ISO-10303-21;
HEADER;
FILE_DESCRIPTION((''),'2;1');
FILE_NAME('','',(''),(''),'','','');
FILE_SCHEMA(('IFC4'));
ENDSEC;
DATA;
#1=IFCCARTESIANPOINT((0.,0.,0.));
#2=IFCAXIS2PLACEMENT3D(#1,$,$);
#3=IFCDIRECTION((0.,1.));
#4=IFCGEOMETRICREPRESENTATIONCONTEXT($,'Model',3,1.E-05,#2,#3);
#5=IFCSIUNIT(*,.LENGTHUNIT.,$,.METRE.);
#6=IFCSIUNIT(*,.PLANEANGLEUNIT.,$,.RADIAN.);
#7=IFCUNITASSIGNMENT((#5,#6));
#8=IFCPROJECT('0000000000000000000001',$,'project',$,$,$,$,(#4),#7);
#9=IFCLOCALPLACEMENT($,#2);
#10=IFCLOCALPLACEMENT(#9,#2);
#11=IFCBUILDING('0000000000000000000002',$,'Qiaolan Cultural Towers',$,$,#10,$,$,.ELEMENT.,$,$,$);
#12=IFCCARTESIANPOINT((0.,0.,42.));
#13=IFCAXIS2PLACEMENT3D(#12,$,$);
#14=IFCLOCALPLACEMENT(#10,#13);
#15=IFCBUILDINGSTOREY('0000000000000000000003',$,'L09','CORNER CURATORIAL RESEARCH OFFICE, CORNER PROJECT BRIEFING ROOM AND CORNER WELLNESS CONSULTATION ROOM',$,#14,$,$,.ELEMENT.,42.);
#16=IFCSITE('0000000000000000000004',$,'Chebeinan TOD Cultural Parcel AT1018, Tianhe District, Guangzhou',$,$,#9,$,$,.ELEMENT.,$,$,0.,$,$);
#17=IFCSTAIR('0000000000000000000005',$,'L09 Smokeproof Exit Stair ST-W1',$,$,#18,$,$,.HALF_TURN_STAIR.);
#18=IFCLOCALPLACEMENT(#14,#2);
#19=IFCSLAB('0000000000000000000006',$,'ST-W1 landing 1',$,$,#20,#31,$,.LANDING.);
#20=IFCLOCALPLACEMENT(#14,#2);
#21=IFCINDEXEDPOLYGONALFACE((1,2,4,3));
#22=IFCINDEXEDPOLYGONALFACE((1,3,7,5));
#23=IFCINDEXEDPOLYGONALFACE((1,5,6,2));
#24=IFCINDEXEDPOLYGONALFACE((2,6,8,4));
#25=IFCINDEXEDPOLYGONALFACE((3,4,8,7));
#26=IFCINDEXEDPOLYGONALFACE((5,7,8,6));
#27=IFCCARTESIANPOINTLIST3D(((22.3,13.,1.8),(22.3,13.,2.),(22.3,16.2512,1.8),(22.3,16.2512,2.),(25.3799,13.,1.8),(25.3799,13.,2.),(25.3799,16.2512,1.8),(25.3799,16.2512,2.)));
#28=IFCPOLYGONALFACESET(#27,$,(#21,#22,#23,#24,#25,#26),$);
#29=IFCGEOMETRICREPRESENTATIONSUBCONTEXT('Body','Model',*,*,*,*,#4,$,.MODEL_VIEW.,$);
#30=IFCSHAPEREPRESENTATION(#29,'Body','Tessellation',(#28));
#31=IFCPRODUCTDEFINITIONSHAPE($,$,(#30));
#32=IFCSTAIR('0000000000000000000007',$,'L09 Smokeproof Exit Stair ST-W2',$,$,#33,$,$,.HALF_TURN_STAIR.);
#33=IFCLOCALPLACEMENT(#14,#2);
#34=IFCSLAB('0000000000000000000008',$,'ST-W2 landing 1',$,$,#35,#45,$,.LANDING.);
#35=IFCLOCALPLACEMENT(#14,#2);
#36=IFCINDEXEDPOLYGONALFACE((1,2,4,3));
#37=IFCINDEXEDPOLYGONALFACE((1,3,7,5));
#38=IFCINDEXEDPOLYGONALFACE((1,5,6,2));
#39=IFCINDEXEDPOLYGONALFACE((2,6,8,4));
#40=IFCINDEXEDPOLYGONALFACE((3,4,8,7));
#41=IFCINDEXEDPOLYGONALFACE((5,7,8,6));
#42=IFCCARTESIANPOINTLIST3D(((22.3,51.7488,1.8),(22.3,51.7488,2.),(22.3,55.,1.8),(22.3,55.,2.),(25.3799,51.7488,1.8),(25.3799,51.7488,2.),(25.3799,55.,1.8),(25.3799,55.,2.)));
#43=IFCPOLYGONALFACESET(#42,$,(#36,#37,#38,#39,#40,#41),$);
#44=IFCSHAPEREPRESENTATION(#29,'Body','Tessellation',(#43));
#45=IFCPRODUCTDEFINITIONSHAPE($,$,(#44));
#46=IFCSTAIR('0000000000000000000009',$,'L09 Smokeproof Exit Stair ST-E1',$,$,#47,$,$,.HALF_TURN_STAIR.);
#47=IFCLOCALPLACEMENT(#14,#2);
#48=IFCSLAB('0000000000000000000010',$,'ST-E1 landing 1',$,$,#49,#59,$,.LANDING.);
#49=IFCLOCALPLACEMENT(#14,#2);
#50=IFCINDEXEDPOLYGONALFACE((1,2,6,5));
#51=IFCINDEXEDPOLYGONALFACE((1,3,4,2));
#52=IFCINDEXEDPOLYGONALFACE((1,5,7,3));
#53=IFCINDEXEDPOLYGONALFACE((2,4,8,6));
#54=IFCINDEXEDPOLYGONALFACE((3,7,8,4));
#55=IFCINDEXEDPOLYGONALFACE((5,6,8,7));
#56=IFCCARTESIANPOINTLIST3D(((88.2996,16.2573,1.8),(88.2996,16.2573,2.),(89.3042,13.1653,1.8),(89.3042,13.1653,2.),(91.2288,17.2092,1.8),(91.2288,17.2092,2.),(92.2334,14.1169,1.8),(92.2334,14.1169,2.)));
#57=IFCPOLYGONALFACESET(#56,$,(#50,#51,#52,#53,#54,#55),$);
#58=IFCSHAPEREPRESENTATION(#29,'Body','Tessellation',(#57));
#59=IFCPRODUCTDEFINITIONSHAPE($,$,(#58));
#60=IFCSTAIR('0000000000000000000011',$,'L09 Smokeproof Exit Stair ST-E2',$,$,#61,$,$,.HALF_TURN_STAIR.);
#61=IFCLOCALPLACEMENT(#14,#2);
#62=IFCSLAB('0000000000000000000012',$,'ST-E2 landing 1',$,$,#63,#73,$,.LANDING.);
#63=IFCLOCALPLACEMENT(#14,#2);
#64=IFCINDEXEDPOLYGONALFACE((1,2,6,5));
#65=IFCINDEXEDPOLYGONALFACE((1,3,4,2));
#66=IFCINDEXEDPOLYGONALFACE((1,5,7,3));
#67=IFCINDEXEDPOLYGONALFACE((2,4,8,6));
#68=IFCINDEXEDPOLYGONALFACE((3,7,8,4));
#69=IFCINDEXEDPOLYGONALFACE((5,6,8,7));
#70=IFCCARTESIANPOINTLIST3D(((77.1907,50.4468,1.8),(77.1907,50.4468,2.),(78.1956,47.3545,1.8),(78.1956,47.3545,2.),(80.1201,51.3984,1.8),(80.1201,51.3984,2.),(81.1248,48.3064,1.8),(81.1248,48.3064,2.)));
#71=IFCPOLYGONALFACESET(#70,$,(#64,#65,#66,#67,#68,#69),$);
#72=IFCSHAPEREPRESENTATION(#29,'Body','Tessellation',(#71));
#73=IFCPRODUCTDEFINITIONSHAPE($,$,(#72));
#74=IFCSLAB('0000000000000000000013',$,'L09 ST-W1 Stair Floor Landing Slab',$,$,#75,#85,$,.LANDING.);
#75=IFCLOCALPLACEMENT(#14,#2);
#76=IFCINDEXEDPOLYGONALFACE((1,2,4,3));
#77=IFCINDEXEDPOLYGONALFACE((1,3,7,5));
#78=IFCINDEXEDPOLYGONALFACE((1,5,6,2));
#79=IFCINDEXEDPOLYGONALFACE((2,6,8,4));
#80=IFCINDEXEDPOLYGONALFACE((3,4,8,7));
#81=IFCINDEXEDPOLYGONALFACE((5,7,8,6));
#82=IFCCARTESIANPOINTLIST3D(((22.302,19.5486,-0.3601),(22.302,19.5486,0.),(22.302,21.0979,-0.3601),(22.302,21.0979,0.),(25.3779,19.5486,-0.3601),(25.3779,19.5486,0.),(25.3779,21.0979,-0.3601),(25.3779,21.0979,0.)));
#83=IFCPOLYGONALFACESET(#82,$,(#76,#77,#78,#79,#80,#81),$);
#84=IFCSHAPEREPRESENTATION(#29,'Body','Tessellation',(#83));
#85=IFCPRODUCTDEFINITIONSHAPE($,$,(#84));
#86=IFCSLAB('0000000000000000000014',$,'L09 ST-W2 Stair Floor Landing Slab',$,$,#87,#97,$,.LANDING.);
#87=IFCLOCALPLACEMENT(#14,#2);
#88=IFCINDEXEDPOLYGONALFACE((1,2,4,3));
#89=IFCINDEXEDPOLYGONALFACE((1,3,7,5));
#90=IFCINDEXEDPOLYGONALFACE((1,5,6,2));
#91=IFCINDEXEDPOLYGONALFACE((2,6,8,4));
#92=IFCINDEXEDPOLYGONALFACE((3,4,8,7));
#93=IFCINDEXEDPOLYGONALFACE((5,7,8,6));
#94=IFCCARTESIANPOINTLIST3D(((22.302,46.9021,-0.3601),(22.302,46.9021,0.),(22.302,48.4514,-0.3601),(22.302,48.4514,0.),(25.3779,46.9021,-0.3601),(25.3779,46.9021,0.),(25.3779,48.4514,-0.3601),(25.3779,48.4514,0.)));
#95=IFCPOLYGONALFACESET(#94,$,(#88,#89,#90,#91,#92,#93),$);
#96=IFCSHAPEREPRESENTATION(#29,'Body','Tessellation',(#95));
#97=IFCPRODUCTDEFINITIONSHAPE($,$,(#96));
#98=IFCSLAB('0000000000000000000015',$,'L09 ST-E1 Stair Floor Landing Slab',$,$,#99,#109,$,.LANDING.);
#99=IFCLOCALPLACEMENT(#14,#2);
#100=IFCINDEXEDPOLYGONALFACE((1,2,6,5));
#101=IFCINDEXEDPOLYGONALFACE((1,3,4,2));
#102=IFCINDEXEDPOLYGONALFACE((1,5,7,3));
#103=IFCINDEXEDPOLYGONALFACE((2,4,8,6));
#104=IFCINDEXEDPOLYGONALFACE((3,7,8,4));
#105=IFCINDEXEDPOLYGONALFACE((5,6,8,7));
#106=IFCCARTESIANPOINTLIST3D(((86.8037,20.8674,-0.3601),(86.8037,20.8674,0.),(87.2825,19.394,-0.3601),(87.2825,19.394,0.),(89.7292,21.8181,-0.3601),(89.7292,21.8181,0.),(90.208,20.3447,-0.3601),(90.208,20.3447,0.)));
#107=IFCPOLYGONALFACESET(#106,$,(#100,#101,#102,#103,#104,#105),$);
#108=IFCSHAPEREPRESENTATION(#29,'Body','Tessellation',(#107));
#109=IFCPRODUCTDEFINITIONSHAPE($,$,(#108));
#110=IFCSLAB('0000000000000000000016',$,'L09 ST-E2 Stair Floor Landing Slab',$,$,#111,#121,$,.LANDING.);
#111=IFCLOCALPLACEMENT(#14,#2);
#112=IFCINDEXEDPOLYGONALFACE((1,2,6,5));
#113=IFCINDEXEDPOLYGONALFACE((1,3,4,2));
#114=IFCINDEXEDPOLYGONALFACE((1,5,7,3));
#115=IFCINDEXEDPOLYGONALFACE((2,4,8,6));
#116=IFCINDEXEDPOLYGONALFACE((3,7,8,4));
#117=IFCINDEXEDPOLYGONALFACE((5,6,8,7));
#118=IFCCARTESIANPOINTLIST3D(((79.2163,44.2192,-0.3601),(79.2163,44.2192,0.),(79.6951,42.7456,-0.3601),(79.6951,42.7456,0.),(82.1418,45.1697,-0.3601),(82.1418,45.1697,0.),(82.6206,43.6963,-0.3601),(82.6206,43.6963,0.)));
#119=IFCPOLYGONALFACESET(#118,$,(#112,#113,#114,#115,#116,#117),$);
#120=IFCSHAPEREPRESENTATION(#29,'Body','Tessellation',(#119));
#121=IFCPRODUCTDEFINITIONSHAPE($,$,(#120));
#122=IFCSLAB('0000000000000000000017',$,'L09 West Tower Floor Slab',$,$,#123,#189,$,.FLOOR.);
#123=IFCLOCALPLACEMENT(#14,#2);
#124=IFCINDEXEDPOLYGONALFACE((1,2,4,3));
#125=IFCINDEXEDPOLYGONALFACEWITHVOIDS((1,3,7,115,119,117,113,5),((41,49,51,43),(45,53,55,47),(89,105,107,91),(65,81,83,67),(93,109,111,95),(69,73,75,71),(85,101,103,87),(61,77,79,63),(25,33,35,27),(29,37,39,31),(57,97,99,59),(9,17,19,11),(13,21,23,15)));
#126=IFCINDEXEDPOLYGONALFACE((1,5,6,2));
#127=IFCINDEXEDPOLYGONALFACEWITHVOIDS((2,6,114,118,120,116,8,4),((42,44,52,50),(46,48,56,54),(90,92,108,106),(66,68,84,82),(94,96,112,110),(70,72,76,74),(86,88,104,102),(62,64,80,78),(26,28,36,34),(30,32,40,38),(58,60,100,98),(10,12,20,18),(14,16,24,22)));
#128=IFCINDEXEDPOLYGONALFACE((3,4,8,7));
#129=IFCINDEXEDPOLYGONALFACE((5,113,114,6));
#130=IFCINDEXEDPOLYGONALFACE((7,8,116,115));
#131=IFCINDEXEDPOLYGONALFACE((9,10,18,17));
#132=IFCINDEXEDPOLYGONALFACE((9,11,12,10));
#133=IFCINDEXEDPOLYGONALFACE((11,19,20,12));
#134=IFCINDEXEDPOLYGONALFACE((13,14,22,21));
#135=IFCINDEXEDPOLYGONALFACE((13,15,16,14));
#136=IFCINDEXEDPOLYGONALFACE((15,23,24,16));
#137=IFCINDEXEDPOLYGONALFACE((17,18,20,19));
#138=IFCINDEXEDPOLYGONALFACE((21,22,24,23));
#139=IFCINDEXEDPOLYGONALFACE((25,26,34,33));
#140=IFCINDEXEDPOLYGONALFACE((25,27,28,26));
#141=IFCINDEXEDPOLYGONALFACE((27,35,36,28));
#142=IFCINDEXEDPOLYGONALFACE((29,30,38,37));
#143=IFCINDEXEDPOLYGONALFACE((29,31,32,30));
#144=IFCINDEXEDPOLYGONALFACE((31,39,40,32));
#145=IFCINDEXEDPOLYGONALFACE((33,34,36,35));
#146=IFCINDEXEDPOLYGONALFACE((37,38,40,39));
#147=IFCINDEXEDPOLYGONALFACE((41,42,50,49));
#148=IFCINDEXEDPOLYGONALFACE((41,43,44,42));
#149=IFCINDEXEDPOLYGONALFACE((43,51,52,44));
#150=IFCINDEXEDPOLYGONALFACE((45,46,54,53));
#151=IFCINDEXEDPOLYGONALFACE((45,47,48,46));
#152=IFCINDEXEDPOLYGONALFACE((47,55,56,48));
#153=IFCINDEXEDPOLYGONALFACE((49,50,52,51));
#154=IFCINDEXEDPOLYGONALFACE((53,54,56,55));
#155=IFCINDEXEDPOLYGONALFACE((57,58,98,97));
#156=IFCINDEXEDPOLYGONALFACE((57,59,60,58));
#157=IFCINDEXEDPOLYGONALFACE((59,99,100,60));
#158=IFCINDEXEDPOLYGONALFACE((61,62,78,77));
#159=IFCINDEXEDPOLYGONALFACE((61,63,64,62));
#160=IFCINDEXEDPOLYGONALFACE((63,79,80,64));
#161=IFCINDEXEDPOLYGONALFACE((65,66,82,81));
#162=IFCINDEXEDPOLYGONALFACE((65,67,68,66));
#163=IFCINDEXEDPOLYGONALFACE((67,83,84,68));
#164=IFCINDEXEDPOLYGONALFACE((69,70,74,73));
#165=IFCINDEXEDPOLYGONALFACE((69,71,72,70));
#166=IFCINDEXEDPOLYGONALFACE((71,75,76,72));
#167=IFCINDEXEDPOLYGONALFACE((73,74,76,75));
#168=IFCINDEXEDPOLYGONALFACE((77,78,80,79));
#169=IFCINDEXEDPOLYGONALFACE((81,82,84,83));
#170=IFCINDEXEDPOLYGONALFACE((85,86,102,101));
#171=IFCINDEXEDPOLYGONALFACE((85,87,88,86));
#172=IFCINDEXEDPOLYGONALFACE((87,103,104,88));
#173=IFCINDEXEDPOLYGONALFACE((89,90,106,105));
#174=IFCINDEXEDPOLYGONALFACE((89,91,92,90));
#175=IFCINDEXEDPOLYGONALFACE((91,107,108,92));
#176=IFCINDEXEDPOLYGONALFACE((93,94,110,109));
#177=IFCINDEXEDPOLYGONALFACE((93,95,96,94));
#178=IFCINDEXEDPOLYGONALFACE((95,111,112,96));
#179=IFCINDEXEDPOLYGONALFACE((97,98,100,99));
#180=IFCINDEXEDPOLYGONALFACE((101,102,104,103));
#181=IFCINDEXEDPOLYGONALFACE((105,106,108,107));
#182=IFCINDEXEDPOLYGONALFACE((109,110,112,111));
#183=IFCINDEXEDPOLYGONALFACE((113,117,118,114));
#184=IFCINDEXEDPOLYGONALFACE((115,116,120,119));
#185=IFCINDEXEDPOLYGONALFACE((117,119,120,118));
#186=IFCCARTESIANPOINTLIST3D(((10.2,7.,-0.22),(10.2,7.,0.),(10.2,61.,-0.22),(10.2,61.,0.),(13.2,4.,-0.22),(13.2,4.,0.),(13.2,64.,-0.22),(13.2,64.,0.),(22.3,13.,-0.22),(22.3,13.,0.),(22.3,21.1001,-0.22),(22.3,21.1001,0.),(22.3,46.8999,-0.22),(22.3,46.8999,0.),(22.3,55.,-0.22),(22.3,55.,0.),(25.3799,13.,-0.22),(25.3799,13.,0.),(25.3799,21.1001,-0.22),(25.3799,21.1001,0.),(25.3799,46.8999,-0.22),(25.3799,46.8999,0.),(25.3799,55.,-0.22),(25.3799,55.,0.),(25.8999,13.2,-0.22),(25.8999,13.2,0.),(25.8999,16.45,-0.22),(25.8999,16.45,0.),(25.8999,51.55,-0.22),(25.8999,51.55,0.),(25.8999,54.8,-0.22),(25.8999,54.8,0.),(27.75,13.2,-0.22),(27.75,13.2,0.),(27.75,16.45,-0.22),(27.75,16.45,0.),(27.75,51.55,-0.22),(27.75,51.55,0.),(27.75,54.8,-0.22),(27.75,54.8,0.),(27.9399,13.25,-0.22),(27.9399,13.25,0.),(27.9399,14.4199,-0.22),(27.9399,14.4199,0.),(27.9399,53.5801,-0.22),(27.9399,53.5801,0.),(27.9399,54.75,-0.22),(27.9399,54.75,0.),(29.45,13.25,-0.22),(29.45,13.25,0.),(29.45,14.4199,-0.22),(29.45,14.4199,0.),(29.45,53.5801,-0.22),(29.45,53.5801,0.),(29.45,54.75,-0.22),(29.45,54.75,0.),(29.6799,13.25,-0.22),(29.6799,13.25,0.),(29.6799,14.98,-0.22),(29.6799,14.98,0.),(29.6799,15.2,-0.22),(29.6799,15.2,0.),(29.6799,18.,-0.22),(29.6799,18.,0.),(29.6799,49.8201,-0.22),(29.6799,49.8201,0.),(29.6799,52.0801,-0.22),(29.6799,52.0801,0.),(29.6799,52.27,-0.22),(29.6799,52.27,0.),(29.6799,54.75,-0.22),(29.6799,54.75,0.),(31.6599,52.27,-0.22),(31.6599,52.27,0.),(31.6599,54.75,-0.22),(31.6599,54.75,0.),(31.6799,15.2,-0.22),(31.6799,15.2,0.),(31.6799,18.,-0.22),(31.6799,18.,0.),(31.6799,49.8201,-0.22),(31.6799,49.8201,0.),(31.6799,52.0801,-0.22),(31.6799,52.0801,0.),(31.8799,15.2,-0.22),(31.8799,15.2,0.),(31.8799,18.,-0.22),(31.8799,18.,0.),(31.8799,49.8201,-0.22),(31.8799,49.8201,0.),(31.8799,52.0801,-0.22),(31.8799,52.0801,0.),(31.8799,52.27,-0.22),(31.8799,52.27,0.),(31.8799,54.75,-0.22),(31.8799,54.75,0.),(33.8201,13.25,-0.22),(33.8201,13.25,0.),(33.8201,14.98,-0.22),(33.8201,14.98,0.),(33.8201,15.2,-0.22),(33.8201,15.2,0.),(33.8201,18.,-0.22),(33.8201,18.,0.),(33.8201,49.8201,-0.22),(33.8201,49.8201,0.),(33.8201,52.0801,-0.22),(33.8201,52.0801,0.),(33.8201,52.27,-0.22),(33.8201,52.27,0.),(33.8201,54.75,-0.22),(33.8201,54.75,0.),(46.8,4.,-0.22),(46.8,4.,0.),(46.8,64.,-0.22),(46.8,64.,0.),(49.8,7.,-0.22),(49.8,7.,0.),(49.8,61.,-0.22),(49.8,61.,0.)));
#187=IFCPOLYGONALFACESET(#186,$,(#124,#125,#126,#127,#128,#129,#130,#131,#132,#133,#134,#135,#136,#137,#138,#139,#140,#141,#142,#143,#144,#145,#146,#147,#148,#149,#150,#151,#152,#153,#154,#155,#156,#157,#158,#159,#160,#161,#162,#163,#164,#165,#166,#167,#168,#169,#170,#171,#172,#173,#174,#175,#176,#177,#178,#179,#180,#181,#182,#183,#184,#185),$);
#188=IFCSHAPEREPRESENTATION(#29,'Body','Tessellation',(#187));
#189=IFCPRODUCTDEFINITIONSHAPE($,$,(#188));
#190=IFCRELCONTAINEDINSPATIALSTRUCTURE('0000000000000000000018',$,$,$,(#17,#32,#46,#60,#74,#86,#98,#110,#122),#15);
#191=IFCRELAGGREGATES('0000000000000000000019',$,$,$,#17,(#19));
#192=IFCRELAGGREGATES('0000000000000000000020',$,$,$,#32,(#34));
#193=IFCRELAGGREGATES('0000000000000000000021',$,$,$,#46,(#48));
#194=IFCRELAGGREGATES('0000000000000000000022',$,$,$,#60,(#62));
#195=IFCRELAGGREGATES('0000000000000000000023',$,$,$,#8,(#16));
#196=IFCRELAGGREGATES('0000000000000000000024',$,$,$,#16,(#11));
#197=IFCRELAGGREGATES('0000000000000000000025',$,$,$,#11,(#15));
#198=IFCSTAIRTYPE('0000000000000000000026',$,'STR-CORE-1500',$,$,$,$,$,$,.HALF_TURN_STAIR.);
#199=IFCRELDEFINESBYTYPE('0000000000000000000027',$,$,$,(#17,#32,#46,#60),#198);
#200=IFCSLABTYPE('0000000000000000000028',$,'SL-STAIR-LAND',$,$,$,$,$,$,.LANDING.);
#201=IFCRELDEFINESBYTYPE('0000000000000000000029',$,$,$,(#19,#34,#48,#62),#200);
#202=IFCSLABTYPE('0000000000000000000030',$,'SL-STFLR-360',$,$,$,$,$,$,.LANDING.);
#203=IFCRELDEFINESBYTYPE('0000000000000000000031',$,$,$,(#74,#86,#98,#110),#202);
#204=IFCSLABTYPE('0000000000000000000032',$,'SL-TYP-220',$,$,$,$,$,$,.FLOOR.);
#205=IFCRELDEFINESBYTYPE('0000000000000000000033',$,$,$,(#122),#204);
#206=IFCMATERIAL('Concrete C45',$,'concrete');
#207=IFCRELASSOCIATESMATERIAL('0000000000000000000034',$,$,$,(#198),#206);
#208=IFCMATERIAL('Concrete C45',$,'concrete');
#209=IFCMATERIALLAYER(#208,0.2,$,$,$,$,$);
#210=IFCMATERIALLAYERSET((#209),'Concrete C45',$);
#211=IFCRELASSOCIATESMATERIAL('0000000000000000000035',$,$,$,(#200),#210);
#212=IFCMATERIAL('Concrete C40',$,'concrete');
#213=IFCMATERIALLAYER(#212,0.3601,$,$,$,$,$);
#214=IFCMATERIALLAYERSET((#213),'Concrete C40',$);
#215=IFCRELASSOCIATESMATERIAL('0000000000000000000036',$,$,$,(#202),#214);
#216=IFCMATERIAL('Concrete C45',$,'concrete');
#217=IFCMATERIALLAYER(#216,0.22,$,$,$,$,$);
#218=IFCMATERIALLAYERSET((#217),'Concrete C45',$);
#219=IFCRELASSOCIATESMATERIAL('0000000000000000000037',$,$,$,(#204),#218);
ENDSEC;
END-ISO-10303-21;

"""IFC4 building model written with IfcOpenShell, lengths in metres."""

from ifc_helpers import new_model, si_unit, direction, frame, origin, place, context, subcontext, project, spatial, polyline, outline, extrude, material, layer, layer_set, type_object, element, aggregate, save


model = new_model("IFC4")

# Units and contexts
model_context = context("Model", 3, precision=1e-05, world=origin(), true_north=direction((0.0, 1.0)))
body_context = subcontext(model_context, "Body", "Model", "MODEL_VIEW")
ifc_project = project(units=[si_unit("LENGTHUNIT", "METRE"), si_unit("PLANEANGLEUNIT", "RADIAN")], contexts=[model_context])

# Site, building, storey
site_placement = place(None, origin())
site = spatial("IfcSite", under=ifc_project, at=site_placement, Name="Chebeinan TOD Cultural Parcel AT1018, Tianhe District, Guangzhou", CompositionType="ELEMENT", RefElevation=0.0)
building_placement = place(site_placement, origin())
building = spatial("IfcBuilding", under=site, at=building_placement, Name="Qiaolan Cultural Towers", CompositionType="ELEMENT")
storey_placement = place(building_placement, frame((0.0, 0.0, 42.0)))
storey = spatial("IfcBuildingStorey", under=building, at=storey_placement, Name="L09", Description="CORNER CURATORIAL RESEARCH OFFICE, CORNER PROJECT BRIEFING ROOM AND CORNER WELLNESS CONSULTATION ROOM", CompositionType="ELEMENT", Elevation=42.0)

# Stairs, slabs
ifc_material_1 = material(Name="Concrete C45", Category="concrete")
stair_type = type_object("IfcStairType", Name="STR-CORE-1500", PredefinedType="HALF_TURN_STAIR", material=ifc_material_1)
stair_1_placement = place(storey_placement, origin())
stair_1 = element("IfcStair", 1, at=stair_1_placement, inside=storey, type_object=stair_type, Name="L09 Smokeproof Exit Stair ST-W1", PredefinedType="HALF_TURN_STAIR")
ifc_material_2 = material(Name="Concrete C45", Category="concrete")
ifc_layer_1 = layer(ifc_material_2, 0.2)
ifc_layer_set_1 = layer_set([ifc_layer_1], Name="Concrete C45")
slab_type_1 = type_object("IfcSlabType", Name="SL-STAIR-LAND", PredefinedType="LANDING", material=ifc_layer_set_1)
slab_1_placement = place(storey_placement, frame((0.0, 0.0, 1.8)))
slab_1 = element("IfcSlab", 2, at=slab_1_placement, type_object=slab_type_1, Name="ST-W1 landing 1", PredefinedType="LANDING", context=body_context, shape_type="SweptSolid", body=[
    extrude(outline(polyline([(22.3, 16.2512), (22.3, 13.0), (25.3799, 13.0), (25.3799, 16.2512), (22.3, 16.2512)])), origin(), (0.0, 0.0, 1.0), 0.2),
])
aggregate(stair_1, [slab_1])
stair_2_placement = place(storey_placement, origin())
stair_2 = element("IfcStair", 3, at=stair_2_placement, inside=storey, type_object=stair_type, Name="L09 Smokeproof Exit Stair ST-W2", PredefinedType="HALF_TURN_STAIR")
slab_2_placement = place(storey_placement, frame((0.0, 0.0, 1.8)))
slab_2 = element("IfcSlab", 4, at=slab_2_placement, type_object=slab_type_1, Name="ST-W2 landing 1", PredefinedType="LANDING", context=body_context, shape_type="SweptSolid", body=[
    extrude(outline(polyline([(25.3799, 51.7488), (25.3799, 55.0), (22.3, 55.0), (22.3, 51.7488), (25.3799, 51.7488)])), origin(), (0.0, 0.0, 1.0), 0.2),
])
aggregate(stair_2, [slab_2])
stair_3_placement = place(storey_placement, origin())
stair_3 = element("IfcStair", 5, at=stair_3_placement, inside=storey, type_object=stair_type, Name="L09 Smokeproof Exit Stair ST-E1", PredefinedType="HALF_TURN_STAIR")
slab_3_placement = place(storey_placement, frame((0.0, 0.0, 1.8)))
slab_3 = element("IfcSlab", 6, at=slab_3_placement, type_object=slab_type_1, Name="ST-E1 landing 1", PredefinedType="LANDING", context=body_context, shape_type="SweptSolid", body=[
    extrude(outline(polyline([(88.2996, 16.2573), (89.3042, 13.1653), (92.2334, 14.1169), (91.2288, 17.2092), (88.2996, 16.2573)])), origin(), (0.0, 0.0, 1.0), 0.2),
])
aggregate(stair_3, [slab_3])
stair_4_placement = place(storey_placement, origin())
stair_4 = element("IfcStair", 7, at=stair_4_placement, inside=storey, type_object=stair_type, Name="L09 Smokeproof Exit Stair ST-E2", PredefinedType="HALF_TURN_STAIR")
slab_4_placement = place(storey_placement, frame((0.0, 0.0, 1.8)))
slab_4 = element("IfcSlab", 8, at=slab_4_placement, type_object=slab_type_1, Name="ST-E2 landing 1", PredefinedType="LANDING", context=body_context, shape_type="SweptSolid", body=[
    extrude(outline(polyline([(81.1248, 48.3064), (80.1201, 51.3984), (77.1907, 50.4468), (78.1956, 47.3545), (81.1248, 48.3064)])), origin(), (0.0, 0.0, 1.0), 0.2),
])
aggregate(stair_4, [slab_4])

# Slabs
ifc_material_3 = material(Name="Concrete C40", Category="concrete")
ifc_layer_2 = layer(ifc_material_3, 0.3601)
ifc_layer_set_2 = layer_set([ifc_layer_2], Name="Concrete C40")
slab_type_2 = type_object("IfcSlabType", Name="SL-STFLR-360", PredefinedType="LANDING", material=ifc_layer_set_2)
slab_5_placement = place(storey_placement, frame((0.0, 0.0, -0.3601)))
element("IfcSlab", 9, at=slab_5_placement, inside=storey, type_object=slab_type_2, Name="L09 ST-W1 Stair Floor Landing Slab", PredefinedType="LANDING", context=body_context, shape_type="SweptSolid", body=[
    extrude(outline(polyline([(22.302, 21.0979), (22.302, 19.5486), (25.3779, 19.5486), (25.3779, 21.0979), (22.302, 21.0979)])), origin(), (0.0, 0.0, 1.0), 0.3601),
])
slab_6_placement = place(storey_placement, frame((0.0, 0.0, -0.3601)))
element("IfcSlab", 10, at=slab_6_placement, inside=storey, type_object=slab_type_2, Name="L09 ST-W2 Stair Floor Landing Slab", PredefinedType="LANDING", context=body_context, shape_type="SweptSolid", body=[
    extrude(outline(polyline([(25.3779, 46.9021), (25.3779, 48.4514), (22.302, 48.4514), (22.302, 46.9021), (25.3779, 46.9021)])), origin(), (0.0, 0.0, 1.0), 0.3601),
])
slab_7_placement = place(storey_placement, frame((0.0, 0.0, -0.3601)))
element("IfcSlab", 11, at=slab_7_placement, inside=storey, type_object=slab_type_2, Name="L09 ST-E1 Stair Floor Landing Slab", PredefinedType="LANDING", context=body_context, shape_type="SweptSolid", body=[
    extrude(outline(polyline([(86.8037, 20.8674), (87.2825, 19.394), (90.208, 20.3447), (89.7292, 21.8181), (86.8037, 20.8674)])), origin(), (0.0, 0.0, 1.0), 0.3601),
])
slab_8_placement = place(storey_placement, frame((0.0, 0.0, -0.3601)))
element("IfcSlab", 12, at=slab_8_placement, inside=storey, type_object=slab_type_2, Name="L09 ST-E2 Stair Floor Landing Slab", PredefinedType="LANDING", context=body_context, shape_type="SweptSolid", body=[
    extrude(outline(polyline([(82.6206, 43.6963), (82.1418, 45.1697), (79.2163, 44.2192), (79.6951, 42.7456), (82.6206, 43.6963)])), origin(), (0.0, 0.0, 1.0), 0.3601),
])
ifc_material_4 = material(Name="Concrete C45", Category="concrete")
ifc_layer_3 = layer(ifc_material_4, 0.22)
ifc_layer_set_3 = layer_set([ifc_layer_3], Name="Concrete C45")
slab_type_3 = type_object("IfcSlabType", Name="SL-TYP-220", PredefinedType="FLOOR", material=ifc_layer_set_3)
slab_9_placement = place(storey_placement, frame((0.0, 0.0, -0.22)))
element("IfcSlab", 13, at=slab_9_placement, inside=storey, type_object=slab_type_3, Name="L09 West Tower Floor Slab", PredefinedType="FLOOR", context=body_context, shape_type="SweptSolid", body=[
    extrude(outline(polyline([(13.2, 4.0), (46.8, 4.0), (49.8, 7.0), (49.8, 61.0), (46.8, 64.0), (13.2, 64.0), (10.2, 61.0), (10.2, 7.0), (13.2, 4.0)]), holes=[polyline([(22.3, 21.1001), (22.3, 13.0), (25.3799, 13.0), (25.3799, 21.1001), (22.3, 21.1001)]), polyline([(25.3799, 46.8999), (25.3799, 55.0), (22.3, 55.0), (22.3, 46.8999), (25.3799, 46.8999)]), polyline([(25.8999, 13.2), (27.75, 13.2), (27.75, 16.45), (25.8999, 16.45), (25.8999, 13.2)]), polyline([(27.9399, 13.25), (29.45, 13.25), (29.45, 14.4199), (27.9399, 14.4199), (27.9399, 13.25)]), polyline([(29.6799, 15.2), (31.6799, 15.2), (31.6799, 18.0), (29.6799, 18.0), (29.6799, 15.2)]), polyline([(31.8799, 15.2), (33.8201, 15.2), (33.8201, 18.0), (31.8799, 18.0), (31.8799, 15.2)]), polyline([(29.6799, 13.25), (33.8201, 13.25), (33.8201, 14.98), (29.6799, 14.98), (29.6799, 13.25)]), polyline([(25.8999, 51.55), (27.75, 51.55), (27.75, 54.8), (25.8999, 54.8), (25.8999, 51.55)]), polyline([(27.9399, 53.5801), (29.45, 53.5801), (29.45, 54.75), (27.9399, 54.75), (27.9399, 53.5801)]), polyline([(29.6799, 49.8201), (31.6799, 49.8201), (31.6799, 52.0801), (29.6799, 52.0801), (29.6799, 49.8201)]), polyline([(31.8799, 49.8201), (33.8201, 49.8201), (33.8201, 52.0801), (31.8799, 52.0801), (31.8799, 49.8201)]), polyline([(29.6799, 52.27), (31.6599, 52.27), (31.6599, 54.75), (29.6799, 54.75), (29.6799, 52.27)]), polyline([(31.8799, 52.27), (33.8201, 52.27), (33.8201, 54.75), (31.8799, 54.75), (31.8799, 52.27)])]), origin(), (0.0, 0.0, 1.0), 0.22),
])

save(model, "model.ifc")
